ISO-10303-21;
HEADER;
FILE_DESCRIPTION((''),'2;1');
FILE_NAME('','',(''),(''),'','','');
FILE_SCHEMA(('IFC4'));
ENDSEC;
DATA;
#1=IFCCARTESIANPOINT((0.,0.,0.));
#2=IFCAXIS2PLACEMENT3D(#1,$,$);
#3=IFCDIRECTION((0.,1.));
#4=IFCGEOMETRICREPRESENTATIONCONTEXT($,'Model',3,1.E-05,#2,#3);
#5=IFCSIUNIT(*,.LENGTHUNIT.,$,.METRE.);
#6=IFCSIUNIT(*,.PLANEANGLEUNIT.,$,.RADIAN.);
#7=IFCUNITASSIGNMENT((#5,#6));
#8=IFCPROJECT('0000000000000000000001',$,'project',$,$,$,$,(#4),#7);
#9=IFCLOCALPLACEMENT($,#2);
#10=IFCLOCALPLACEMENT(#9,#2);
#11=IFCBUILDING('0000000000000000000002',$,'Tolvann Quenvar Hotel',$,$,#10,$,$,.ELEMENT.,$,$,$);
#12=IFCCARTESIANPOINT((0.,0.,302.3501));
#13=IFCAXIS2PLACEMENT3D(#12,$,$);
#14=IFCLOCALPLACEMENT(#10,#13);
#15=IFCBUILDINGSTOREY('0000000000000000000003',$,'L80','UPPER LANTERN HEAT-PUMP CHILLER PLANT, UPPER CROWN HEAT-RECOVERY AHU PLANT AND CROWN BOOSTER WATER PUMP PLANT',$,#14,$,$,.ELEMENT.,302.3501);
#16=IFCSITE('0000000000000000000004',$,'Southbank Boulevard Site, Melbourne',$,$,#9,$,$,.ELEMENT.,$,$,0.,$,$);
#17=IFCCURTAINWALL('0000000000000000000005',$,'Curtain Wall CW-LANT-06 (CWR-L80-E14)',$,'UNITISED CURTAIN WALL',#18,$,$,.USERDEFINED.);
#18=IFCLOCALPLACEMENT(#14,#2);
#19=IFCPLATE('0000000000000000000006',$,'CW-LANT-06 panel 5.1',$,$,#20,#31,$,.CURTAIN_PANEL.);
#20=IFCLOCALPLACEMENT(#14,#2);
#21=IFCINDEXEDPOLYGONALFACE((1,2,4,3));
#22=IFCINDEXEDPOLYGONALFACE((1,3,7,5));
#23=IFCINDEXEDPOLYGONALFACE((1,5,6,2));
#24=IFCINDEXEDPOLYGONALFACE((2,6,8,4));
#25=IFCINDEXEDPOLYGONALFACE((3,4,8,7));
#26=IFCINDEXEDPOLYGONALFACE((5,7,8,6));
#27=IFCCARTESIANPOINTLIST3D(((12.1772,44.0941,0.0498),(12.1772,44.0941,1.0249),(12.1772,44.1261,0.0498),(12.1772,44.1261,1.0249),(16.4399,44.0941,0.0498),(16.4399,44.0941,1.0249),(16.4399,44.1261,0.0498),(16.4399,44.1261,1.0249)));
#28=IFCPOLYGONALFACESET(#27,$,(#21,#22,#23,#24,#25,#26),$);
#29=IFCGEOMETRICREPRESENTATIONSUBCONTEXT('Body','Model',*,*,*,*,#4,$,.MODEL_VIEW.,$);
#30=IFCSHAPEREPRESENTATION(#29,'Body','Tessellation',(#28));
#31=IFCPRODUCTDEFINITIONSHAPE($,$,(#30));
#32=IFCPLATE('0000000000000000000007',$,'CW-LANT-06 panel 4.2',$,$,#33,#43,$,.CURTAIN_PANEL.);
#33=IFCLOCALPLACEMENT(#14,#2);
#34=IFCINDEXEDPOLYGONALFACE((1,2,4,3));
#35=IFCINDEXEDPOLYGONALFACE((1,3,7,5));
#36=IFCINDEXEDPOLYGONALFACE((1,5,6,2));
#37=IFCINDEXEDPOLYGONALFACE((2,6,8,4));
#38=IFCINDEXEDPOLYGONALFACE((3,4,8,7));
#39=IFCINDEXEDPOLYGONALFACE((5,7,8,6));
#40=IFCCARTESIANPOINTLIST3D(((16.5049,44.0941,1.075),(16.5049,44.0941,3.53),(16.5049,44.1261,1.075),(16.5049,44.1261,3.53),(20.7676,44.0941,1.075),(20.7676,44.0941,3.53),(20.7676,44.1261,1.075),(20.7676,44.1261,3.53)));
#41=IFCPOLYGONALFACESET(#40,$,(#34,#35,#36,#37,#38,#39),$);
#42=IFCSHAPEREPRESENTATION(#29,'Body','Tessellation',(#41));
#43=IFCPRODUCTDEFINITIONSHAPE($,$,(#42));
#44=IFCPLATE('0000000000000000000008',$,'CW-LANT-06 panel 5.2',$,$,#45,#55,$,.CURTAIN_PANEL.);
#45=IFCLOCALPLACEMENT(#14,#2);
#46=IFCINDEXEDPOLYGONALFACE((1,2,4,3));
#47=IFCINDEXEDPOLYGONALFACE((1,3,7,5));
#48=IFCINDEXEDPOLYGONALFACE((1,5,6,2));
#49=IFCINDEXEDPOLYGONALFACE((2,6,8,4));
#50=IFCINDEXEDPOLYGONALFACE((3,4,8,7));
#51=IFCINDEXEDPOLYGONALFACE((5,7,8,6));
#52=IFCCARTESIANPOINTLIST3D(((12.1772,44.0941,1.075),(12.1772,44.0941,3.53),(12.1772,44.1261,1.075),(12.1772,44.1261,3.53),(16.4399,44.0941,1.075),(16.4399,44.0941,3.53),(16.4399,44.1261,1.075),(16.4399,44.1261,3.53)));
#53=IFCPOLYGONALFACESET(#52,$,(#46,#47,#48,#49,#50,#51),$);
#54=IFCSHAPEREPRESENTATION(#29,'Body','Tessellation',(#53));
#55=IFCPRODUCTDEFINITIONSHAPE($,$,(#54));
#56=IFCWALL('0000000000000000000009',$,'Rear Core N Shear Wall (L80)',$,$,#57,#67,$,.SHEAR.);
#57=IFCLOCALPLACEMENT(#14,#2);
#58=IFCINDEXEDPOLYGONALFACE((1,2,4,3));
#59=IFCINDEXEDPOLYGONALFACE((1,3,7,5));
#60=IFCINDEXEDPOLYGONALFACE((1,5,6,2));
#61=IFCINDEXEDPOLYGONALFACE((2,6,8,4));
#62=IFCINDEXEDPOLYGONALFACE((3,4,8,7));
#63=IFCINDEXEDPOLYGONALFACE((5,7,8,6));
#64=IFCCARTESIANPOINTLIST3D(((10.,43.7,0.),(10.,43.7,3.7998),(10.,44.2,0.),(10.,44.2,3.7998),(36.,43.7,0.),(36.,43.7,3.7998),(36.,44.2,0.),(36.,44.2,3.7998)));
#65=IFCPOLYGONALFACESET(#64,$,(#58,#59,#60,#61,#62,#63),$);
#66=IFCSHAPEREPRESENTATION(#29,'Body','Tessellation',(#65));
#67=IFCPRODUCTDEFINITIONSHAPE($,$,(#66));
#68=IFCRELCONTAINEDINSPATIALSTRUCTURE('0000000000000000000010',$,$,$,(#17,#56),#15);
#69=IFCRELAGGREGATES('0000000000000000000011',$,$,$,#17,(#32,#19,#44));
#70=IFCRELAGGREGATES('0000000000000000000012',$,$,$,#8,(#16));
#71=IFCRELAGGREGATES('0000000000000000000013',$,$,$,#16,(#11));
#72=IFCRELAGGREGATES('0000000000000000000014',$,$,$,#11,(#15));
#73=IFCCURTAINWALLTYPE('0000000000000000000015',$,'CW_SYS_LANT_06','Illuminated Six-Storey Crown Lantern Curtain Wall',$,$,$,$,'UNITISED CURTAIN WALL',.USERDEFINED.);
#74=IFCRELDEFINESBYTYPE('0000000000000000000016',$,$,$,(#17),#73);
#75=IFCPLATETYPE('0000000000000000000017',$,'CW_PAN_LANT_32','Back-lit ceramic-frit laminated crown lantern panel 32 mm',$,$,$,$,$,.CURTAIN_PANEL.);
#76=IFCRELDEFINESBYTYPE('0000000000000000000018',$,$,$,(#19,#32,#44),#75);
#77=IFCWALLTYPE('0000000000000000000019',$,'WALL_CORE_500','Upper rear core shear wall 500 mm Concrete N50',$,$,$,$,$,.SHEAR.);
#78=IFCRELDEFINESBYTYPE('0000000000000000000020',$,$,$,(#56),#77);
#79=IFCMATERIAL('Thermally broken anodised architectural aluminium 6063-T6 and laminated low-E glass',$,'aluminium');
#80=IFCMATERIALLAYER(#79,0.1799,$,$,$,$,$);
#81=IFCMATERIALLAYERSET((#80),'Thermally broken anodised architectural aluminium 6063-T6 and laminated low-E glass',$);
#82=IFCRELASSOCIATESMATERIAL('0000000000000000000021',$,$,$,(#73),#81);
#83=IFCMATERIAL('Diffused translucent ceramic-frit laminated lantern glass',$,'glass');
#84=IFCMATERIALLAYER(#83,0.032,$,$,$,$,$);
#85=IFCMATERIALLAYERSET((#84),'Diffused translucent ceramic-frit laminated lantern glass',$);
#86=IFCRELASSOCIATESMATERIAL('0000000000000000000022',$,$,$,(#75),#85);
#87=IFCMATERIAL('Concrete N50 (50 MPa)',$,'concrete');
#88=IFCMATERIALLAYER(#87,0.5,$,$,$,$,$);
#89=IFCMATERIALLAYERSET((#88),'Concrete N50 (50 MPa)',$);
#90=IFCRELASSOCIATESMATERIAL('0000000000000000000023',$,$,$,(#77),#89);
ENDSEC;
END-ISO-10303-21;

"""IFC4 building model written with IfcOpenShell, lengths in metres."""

from ifc_helpers import new_model, si_unit, direction, frame, frame_2d, origin, origin_2d, place, context, subcontext, project, spatial, rectangle, extrude, source, transform, mapped, material, layer, layer_set, type_object, element, aggregate, save


model = new_model("IFC4")

# Units and contexts
model_context = context("Model", 3, precision=1e-05, world=origin(), true_north=direction((0.0, 1.0)))
body_context = subcontext(model_context, "Body", "Model", "MODEL_VIEW")
ifc_project = project(units=[si_unit("LENGTHUNIT", "METRE"), si_unit("PLANEANGLEUNIT", "RADIAN")], contexts=[model_context])

# Site, building, storey
site_placement = place(None, origin())
site = spatial("IfcSite", under=ifc_project, at=site_placement, Name="Southbank Boulevard Site, Melbourne", CompositionType="ELEMENT", RefElevation=0.0)
building_placement = place(site_placement, origin())
building = spatial("IfcBuilding", under=site, at=building_placement, Name="Tolvann Quenvar Hotel", CompositionType="ELEMENT")
storey_placement = place(building_placement, frame((0.0, 0.0, 302.3501)))
storey = spatial("IfcBuildingStorey", under=building, at=storey_placement, Name="L80", Description="UPPER LANTERN HEAT-PUMP CHILLER PLANT, UPPER CROWN HEAT-RECOVERY AHU PLANT AND CROWN BOOSTER WATER PUMP PLANT", CompositionType="ELEMENT", Elevation=302.3501)

# Curtain wall
ifc_material_1 = material(Name="Thermally broken anodised architectural aluminium 6063-T6 and laminated low-E glass", Category="aluminium")
ifc_layer_1 = layer(ifc_material_1, 0.1799)
ifc_layer_set_1 = layer_set([ifc_layer_1], Name="Thermally broken anodised architectural aluminium 6063-T6 and laminated low-E glass")
curtain_wall_type = type_object("IfcCurtainWallType", Name="CW_SYS_LANT_06", Description="Illuminated Six-Storey Crown Lantern Curtain Wall", ElementType="UNITISED CURTAIN WALL", PredefinedType="USERDEFINED", material=ifc_layer_set_1)
curtain_wall_1_placement = place(storey_placement, origin())
curtain_wall_1 = element("IfcCurtainWall", 1, at=curtain_wall_1_placement, inside=storey, type_object=curtain_wall_type, Name="Curtain Wall CW-LANT-06 (CWR-L80-E14)", ObjectType="UNITISED CURTAIN WALL", PredefinedType="USERDEFINED")

# Plates
ifc_material_2 = material(Name="Diffused translucent ceramic-frit laminated lantern glass", Category="glass")
ifc_layer_2 = layer(ifc_material_2, 0.032)
ifc_layer_set_2 = layer_set([ifc_layer_2], Name="Diffused translucent ceramic-frit laminated lantern glass")
plate_type_1 = type_object("IfcPlateType", Name="CW_PAN_LANT_32", Description="Back-lit ceramic-frit laminated crown lantern panel 32 mm", PredefinedType="CURTAIN_PANEL", material=ifc_layer_set_2)
shared_shape_1 = source(origin(), body_context, "Body", "SweptSolid", [
    extrude(rectangle(XDim=4.2627, YDim=0.032, at=origin_2d()), origin(), (0.0, 0.0, 1.0), 0.9751),
])
plate_1_placement = place(storey_placement, frame((14.3086, 44.1101, 0.0498), z_axis=(0.0, 0.0, 1.0), x_axis=(-1.0, 0.0, 0.0)))
plate_1 = element("IfcPlate", 2, at=plate_1_placement, type_object=plate_type_1, Name="CW-LANT-06 panel 5.1", PredefinedType="CURTAIN_PANEL", context=body_context, shape_type="MappedRepresentation", body=[
    mapped(shared_shape_1, transform((0.0, 0.0, 0.0), x_axis=(1.0, 0.0, 0.0), y_axis=(0.0, 1.0, 0.0), z_axis=(0.0, 0.0, 1.0), scale=1.0)),
])
shared_shape_2 = source(origin(), body_context, "Body", "SweptSolid", [
    extrude(rectangle(XDim=4.2627, YDim=0.032, at=origin_2d()), origin(), (0.0, 0.0, 1.0), 2.4551),
])
plate_2_placement = place(storey_placement, frame((18.6362, 44.1101, 1.075), z_axis=(0.0, 0.0, 1.0), x_axis=(-1.0, 0.0, 0.0)))
plate_2 = element("IfcPlate", 3, at=plate_2_placement, type_object=plate_type_1, Name="CW-LANT-06 panel 4.2", PredefinedType="CURTAIN_PANEL", context=body_context, shape_type="MappedRepresentation", body=[
    mapped(shared_shape_2, transform((0.0, 0.0, 0.0), x_axis=(1.0, 0.0, 0.0), y_axis=(0.0, 1.0, 0.0), z_axis=(0.0, 0.0, 1.0), scale=1.0)),
])
plate_3_placement = place(storey_placement, frame((14.3086, 44.1101, 1.075), z_axis=(0.0, 0.0, 1.0), x_axis=(-1.0, 0.0, 0.0)))
plate_3 = element("IfcPlate", 4, at=plate_3_placement, type_object=plate_type_1, Name="CW-LANT-06 panel 5.2", PredefinedType="CURTAIN_PANEL", context=body_context, shape_type="MappedRepresentation", body=[
    mapped(shared_shape_2, transform((0.0, 0.0, 0.0), x_axis=(1.0, 0.0, 0.0), y_axis=(0.0, 1.0, 0.0), z_axis=(0.0, 0.0, 1.0), scale=1.0)),
])
aggregate(curtain_wall_1, [plate_2, plate_1, plate_3])

# Wall
ifc_material_3 = material(Name="Concrete N50 (50 MPa)", Category="concrete")
ifc_layer_3 = layer(ifc_material_3, 0.5)
ifc_layer_set_3 = layer_set([ifc_layer_3], Name="Concrete N50 (50 MPa)")
wall_type = type_object("IfcWallType", Name="WALL_CORE_500", Description="Upper rear core shear wall 500 mm Concrete N50", PredefinedType="SHEAR", material=ifc_layer_set_3)
wall_placement = place(storey_placement, frame((10.0, 43.95, 0.0), z_axis=(0.0, 0.0, 1.0), x_axis=(1.0, 0.0, 0.0)))
element("IfcWall", 5, at=wall_placement, inside=storey, type_object=wall_type, Name="Rear Core N Shear Wall (L80)", PredefinedType="SHEAR", context=body_context, shape_type="SweptSolid", body=[
    extrude(rectangle(XDim=26.0, YDim=0.5, at=frame_2d((13.0, 0.0))), origin(), (0.0, 0.0, 1.0), 3.7998),
])

save(model, "model.ifc")
